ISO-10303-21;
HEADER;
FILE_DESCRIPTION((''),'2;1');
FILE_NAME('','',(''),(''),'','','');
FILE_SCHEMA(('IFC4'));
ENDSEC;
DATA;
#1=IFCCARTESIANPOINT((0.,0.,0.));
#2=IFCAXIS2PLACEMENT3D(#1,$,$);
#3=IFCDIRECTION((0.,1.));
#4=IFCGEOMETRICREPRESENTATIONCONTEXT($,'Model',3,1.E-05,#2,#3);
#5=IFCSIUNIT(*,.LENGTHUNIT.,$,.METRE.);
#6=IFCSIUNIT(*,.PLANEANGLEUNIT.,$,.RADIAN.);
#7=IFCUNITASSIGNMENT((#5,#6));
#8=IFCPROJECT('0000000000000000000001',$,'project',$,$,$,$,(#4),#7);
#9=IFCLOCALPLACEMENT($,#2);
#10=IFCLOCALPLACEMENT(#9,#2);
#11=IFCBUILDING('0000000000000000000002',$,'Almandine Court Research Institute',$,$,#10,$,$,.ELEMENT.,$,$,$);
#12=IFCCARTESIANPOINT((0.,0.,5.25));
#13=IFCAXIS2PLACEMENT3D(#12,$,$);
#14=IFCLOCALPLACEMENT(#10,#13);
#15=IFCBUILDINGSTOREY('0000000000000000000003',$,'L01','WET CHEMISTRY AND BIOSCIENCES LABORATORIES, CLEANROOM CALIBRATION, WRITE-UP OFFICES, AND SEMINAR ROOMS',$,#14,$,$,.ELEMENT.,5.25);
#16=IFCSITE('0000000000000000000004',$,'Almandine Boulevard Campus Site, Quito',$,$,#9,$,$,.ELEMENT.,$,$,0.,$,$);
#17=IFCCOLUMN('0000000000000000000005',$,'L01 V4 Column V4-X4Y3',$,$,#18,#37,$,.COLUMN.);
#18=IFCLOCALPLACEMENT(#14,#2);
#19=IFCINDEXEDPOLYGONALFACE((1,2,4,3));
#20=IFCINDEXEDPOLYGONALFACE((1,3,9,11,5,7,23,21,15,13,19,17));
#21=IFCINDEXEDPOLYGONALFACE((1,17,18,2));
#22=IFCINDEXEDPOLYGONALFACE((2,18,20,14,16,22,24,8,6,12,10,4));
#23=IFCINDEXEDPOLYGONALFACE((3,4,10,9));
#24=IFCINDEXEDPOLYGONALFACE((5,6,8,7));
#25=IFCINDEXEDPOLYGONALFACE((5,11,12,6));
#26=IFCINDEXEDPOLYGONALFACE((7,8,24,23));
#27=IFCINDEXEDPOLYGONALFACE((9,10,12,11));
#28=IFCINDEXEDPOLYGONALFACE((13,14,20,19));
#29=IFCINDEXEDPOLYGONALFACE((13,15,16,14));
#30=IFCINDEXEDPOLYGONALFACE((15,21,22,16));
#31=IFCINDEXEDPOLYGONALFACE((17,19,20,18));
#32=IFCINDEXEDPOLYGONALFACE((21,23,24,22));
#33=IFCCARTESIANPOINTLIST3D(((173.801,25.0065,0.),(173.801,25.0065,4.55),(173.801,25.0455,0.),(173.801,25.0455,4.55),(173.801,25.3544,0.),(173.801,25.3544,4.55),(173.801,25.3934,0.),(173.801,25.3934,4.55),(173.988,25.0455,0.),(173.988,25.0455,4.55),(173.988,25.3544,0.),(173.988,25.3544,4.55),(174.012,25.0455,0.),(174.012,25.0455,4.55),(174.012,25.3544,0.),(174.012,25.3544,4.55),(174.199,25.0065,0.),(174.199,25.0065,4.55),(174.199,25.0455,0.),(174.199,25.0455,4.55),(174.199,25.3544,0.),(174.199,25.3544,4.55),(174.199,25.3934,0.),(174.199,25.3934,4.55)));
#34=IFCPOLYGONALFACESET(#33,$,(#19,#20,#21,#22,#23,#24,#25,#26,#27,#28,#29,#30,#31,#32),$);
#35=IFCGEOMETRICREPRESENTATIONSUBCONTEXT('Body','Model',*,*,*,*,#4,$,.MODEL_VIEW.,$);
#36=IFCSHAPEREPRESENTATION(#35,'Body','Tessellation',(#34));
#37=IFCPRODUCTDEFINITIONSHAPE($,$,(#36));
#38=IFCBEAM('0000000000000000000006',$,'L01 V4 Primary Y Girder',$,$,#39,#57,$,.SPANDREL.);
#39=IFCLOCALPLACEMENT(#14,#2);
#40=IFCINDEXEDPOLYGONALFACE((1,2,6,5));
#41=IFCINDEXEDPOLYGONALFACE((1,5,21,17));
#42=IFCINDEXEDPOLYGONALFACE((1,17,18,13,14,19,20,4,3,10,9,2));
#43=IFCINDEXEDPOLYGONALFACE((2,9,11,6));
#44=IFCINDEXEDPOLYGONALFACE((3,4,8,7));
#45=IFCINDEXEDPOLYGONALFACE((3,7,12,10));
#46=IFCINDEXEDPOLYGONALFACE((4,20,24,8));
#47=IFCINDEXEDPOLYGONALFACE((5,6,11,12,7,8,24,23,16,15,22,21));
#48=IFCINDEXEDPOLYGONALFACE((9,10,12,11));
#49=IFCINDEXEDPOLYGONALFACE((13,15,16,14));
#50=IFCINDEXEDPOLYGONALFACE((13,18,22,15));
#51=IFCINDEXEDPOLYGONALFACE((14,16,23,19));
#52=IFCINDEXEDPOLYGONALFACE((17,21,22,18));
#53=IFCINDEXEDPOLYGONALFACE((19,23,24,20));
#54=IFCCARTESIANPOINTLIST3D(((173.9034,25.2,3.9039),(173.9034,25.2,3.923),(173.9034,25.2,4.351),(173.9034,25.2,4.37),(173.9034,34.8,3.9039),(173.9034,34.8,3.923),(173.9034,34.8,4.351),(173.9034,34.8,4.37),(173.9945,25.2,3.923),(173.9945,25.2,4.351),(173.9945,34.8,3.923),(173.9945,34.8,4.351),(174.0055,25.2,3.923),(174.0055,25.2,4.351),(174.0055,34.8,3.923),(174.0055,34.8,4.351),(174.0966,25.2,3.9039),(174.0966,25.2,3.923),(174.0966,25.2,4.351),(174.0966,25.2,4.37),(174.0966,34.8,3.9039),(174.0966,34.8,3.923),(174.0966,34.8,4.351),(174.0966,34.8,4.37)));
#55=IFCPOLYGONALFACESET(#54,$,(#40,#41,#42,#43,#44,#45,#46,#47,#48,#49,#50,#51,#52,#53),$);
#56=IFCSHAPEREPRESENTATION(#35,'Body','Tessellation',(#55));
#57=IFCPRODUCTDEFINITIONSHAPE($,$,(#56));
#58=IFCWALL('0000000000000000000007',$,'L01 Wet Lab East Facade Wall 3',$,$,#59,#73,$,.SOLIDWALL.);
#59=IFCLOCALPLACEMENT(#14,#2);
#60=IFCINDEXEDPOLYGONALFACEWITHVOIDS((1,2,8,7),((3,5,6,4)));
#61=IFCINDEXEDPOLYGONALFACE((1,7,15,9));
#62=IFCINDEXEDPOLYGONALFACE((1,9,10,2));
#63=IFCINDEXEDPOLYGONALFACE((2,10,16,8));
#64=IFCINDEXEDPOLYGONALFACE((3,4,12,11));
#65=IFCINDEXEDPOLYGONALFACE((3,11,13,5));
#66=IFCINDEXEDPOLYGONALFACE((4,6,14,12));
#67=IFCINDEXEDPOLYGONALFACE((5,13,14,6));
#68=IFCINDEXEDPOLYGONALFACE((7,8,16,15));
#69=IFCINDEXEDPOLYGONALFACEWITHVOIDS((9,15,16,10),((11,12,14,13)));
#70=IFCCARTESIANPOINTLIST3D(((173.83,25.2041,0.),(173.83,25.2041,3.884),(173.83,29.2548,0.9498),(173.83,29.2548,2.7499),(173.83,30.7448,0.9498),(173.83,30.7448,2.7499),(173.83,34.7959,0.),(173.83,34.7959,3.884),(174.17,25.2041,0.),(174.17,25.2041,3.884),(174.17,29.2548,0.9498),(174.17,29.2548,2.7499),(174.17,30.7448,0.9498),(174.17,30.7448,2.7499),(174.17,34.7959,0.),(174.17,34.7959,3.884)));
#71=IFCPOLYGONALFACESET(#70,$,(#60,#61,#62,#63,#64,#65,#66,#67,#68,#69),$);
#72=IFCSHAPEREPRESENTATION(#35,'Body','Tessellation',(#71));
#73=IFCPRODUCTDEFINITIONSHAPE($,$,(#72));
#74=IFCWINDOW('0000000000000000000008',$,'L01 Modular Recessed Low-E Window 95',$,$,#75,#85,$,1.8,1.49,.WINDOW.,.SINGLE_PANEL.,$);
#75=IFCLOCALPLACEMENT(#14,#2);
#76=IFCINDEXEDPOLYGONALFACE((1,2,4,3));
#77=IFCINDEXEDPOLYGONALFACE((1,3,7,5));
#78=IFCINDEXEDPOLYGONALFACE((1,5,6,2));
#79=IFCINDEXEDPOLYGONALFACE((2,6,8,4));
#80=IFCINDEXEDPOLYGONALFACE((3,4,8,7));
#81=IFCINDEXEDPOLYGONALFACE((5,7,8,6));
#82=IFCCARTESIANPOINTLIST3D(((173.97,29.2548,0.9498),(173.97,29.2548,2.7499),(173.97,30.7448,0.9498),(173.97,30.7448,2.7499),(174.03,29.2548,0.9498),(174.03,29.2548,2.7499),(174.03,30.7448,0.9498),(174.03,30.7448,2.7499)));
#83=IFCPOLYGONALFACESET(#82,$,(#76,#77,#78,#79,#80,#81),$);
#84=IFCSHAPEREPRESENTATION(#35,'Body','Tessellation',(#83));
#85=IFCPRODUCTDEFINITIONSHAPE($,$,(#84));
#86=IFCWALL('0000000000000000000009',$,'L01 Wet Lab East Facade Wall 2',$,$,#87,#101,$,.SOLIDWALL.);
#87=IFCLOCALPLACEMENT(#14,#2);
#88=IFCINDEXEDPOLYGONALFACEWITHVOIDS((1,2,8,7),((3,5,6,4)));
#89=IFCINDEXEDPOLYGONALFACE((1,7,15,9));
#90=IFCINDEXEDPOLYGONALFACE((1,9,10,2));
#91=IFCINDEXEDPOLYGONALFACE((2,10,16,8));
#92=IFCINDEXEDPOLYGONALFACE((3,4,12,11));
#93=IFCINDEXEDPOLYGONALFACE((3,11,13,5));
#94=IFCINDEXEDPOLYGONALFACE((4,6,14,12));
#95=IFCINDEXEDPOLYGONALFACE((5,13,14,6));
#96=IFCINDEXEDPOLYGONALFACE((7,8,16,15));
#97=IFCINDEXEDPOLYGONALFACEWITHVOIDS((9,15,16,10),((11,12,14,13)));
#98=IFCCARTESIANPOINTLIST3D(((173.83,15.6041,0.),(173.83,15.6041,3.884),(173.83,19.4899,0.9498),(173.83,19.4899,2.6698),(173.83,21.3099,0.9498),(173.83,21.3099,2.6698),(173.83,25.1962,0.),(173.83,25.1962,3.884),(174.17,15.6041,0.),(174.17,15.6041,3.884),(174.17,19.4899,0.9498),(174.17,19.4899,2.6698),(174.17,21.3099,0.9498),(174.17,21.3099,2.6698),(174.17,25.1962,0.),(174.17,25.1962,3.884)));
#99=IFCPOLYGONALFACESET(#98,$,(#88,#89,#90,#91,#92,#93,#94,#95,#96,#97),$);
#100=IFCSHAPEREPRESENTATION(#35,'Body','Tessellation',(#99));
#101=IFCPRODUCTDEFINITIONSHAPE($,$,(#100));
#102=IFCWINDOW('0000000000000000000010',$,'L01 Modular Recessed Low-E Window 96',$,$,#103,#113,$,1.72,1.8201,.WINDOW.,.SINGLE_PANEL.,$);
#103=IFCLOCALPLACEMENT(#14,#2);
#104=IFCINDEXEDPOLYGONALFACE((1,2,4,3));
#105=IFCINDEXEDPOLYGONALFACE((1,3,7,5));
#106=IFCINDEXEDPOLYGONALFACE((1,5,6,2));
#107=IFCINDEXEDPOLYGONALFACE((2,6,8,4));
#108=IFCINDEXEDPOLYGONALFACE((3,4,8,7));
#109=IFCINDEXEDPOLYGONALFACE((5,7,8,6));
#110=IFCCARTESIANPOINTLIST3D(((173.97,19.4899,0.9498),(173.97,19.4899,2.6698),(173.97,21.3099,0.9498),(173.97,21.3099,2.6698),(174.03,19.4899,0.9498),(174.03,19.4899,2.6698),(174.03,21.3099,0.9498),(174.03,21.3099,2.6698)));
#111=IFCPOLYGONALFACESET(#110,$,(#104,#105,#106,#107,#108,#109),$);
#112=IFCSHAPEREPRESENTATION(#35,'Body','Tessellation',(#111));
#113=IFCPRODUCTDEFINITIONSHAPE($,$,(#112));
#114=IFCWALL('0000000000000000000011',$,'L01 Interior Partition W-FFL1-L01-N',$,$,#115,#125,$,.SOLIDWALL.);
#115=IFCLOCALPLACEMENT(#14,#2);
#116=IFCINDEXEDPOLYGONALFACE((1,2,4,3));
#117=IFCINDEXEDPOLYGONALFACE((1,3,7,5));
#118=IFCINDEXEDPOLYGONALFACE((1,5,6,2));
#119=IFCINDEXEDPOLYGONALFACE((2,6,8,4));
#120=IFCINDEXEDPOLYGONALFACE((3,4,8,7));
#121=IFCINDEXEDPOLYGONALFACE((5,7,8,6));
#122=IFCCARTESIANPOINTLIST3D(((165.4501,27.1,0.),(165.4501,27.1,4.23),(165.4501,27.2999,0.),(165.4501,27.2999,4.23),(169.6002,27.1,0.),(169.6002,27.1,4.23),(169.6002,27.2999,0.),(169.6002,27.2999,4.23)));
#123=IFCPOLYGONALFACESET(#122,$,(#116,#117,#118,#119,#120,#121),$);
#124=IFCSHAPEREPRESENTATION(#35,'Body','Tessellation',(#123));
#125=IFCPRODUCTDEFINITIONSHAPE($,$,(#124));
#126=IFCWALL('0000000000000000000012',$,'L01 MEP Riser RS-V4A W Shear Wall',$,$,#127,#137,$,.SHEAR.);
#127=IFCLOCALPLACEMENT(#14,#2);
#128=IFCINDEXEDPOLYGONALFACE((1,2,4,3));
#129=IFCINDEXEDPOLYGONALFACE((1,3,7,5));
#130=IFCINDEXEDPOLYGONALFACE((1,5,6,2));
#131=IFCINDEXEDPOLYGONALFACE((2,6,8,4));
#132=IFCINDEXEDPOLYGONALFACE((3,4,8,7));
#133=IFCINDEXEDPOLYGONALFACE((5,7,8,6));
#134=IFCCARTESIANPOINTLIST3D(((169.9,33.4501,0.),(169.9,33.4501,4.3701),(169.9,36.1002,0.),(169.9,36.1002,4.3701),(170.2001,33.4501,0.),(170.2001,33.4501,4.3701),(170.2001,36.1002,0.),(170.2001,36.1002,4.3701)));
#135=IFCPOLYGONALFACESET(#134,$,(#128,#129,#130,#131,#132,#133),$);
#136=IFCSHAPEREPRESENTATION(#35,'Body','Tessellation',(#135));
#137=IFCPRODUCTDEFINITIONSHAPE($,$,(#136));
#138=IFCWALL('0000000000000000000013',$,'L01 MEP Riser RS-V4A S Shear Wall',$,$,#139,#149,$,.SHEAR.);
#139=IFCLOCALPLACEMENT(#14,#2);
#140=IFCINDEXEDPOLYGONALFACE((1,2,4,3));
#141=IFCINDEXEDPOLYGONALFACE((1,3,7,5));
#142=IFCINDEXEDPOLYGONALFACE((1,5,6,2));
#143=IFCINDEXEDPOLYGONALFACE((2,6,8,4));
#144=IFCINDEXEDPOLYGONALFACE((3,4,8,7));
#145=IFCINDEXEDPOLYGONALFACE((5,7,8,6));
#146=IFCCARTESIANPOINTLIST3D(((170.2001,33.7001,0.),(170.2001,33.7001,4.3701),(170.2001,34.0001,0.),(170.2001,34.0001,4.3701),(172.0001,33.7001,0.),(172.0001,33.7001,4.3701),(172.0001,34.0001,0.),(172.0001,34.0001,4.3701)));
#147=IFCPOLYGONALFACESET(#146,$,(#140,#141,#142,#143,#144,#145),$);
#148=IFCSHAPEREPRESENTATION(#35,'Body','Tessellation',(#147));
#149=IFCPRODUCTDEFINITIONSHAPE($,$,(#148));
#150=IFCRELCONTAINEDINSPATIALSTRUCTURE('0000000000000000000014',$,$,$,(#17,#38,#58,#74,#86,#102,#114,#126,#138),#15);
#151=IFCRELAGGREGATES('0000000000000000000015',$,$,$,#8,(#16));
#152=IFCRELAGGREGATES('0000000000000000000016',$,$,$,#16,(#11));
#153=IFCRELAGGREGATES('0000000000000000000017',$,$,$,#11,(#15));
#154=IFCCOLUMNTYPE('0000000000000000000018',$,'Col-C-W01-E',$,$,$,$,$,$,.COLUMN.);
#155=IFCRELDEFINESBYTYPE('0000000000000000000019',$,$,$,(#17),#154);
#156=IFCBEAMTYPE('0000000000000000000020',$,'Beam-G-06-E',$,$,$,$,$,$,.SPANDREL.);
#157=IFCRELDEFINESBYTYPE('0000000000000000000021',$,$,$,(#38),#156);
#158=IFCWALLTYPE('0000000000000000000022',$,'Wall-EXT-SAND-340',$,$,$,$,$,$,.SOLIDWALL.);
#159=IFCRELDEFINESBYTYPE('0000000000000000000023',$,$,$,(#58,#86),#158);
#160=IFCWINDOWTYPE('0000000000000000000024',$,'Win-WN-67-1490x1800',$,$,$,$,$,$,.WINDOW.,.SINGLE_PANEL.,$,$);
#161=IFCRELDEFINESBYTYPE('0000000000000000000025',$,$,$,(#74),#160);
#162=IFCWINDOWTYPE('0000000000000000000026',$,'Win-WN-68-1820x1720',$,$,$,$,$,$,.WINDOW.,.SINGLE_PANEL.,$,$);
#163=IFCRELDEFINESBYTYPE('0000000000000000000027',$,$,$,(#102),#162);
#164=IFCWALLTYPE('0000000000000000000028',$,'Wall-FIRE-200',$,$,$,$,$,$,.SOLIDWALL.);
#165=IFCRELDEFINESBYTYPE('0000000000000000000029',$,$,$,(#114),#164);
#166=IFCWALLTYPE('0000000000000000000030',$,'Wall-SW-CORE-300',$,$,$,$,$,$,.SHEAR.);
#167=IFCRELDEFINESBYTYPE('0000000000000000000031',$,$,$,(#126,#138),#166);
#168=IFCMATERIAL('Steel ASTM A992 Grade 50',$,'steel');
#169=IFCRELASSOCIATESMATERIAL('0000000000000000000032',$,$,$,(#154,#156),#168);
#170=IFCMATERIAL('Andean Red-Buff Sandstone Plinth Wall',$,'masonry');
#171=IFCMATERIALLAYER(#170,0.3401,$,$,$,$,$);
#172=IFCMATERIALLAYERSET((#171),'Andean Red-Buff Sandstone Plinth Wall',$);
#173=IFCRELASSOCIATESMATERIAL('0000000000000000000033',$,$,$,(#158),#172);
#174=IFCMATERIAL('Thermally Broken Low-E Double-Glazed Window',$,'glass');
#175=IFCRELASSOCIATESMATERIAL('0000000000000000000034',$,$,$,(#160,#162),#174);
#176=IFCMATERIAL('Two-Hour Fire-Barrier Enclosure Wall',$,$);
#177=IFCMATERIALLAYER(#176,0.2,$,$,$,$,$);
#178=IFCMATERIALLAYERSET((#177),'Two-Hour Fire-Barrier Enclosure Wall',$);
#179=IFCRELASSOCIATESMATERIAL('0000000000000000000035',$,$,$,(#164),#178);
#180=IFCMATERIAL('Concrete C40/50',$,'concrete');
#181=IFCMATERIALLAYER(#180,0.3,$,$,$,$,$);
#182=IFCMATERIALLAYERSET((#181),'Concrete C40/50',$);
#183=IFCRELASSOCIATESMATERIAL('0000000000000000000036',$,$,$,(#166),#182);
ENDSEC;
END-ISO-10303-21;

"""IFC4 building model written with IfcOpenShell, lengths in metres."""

from ifc_helpers import new_model, si_unit, direction, frame, frame_2d, origin, origin_2d, place, context, subcontext, project, spatial, rectangle, i_section, extrude, material, layer, layer_set, material_profile, profile_set, type_object, element, fill, save


model = new_model("IFC4")

# Units and contexts
model_context = context("Model", 3, precision=1e-05, world=origin(), true_north=direction((0.0, 1.0)))
body_context = subcontext(model_context, "Body", "Model", "MODEL_VIEW")
ifc_project = project(units=[si_unit("LENGTHUNIT", "METRE"), si_unit("PLANEANGLEUNIT", "RADIAN")], contexts=[model_context])

# Site, building, storey
site_placement = place(None, origin())
site = spatial("IfcSite", under=ifc_project, at=site_placement, Name="Almandine Boulevard Campus Site, Quito", CompositionType="ELEMENT", RefElevation=0.0)
building_placement = place(site_placement, origin())
building = spatial("IfcBuilding", under=site, at=building_placement, Name="Almandine Court Research Institute", CompositionType="ELEMENT")
storey_placement = place(building_placement, frame((0.0, 0.0, 5.25)))
storey = spatial("IfcBuildingStorey", under=building, at=storey_placement, Name="L01", Description="WET CHEMISTRY AND BIOSCIENCES LABORATORIES, CLEANROOM CALIBRATION, WRITE-UP OFFICES, AND SEMINAR ROOMS", CompositionType="ELEMENT", Elevation=5.25)

# Column
ifc_material_1 = material(Name="Steel ASTM A992 Grade 50", Category="steel")
ifc_material_profile_1 = material_profile(ifc_material_1, i_section(OverallWidth=0.3979, OverallDepth=0.387, WebThickness=0.0239, FlangeThickness=0.0391, at=origin_2d()), Name="W360x262")
ifc_profile_set_1 = profile_set([ifc_material_profile_1], Name="Steel ASTM A992 Grade 50")
column_type = type_object("IfcColumnType", Name="Col-C-W01-E", PredefinedType="COLUMN", material=ifc_profile_set_1)
column_placement = place(storey_placement, frame((174.0, 25.2, 0.0), z_axis=(0.0, 0.0, 1.0), x_axis=(1.0, 0.0, 0.0)))
element("IfcColumn", 1, at=column_placement, inside=storey, type_object=column_type, Name="L01 V4 Column V4-X4Y3", PredefinedType="COLUMN", context=body_context, shape_type="SweptSolid", body=[
    extrude(i_section(OverallWidth=0.3979, OverallDepth=0.387, WebThickness=0.0239, FlangeThickness=0.0391, at=origin_2d()), origin(), (0.0, 0.0, 1.0), 4.55),
])

# Beam
ifc_material_profile_2 = material_profile(ifc_material_1, i_section(OverallWidth=0.1931, OverallDepth=0.4661, WebThickness=0.011, FlangeThickness=0.019, at=origin_2d()), Name="W460x97")
ifc_profile_set_2 = profile_set([ifc_material_profile_2], Name="Steel ASTM A992 Grade 50")
beam_type = type_object("IfcBeamType", Name="Beam-G-06-E", PredefinedType="SPANDREL", material=ifc_profile_set_2)
beam_placement = place(storey_placement, frame((174.0, 25.2, 4.137), z_axis=(0.0, 1.0, 0.0), x_axis=(-1.0, 0.0, 0.0)))
element("IfcBeam", 2, at=beam_placement, inside=storey, type_object=beam_type, Name="L01 V4 Primary Y Girder", PredefinedType="SPANDREL", context=body_context, shape_type="SweptSolid", body=[
    extrude(i_section(OverallWidth=0.1931, OverallDepth=0.4661, WebThickness=0.011, FlangeThickness=0.019, at=origin_2d()), origin(), (0.0, 0.0, 1.0), 9.6001),
])

# Walls, openings, windows
ifc_material_2 = material(Name="Andean Red-Buff Sandstone Plinth Wall", Category="masonry")
ifc_layer_1 = layer(ifc_material_2, 0.3401)
ifc_layer_set_1 = layer_set([ifc_layer_1], Name="Andean Red-Buff Sandstone Plinth Wall")
wall_type_1 = type_object("IfcWallType", Name="Wall-EXT-SAND-340", PredefinedType="SOLIDWALL", material=ifc_layer_set_1)
wall_1_placement = place(storey_placement, frame((174.0, 34.7959, 0.0), z_axis=(0.0, 0.0, 1.0), x_axis=(0.0, -1.0, 0.0)))
wall_1 = element("IfcWall", 3, at=wall_1_placement, inside=storey, type_object=wall_type_1, Name="L01 Wet Lab East Facade Wall 3", PredefinedType="SOLIDWALL", context=body_context, shape_type="SweptSolid", body=[
    extrude(rectangle(XDim=9.5918, YDim=0.3401, at=frame_2d((4.7959, 0.0))), origin(), (0.0, 0.0, 1.0), 3.884),
])
opening_1_placement = place(wall_1_placement, frame((4.051, 0.0, 0.95)))
opening_1 = element("IfcOpeningElement", 4, at=opening_1_placement, cuts=wall_1, PredefinedType="OPENING", context=body_context, shape_type="SweptSolid", body=[
    extrude(rectangle(XDim=1.49, YDim=1.8, at=frame_2d((0.7451, 0.8999))), frame((0.0, 0.1799, 0.0), z_axis=(0.0, -1.0, 0.0), x_axis=(1.0, 0.0, 0.0)), (0.0, 0.0, 1.0), 0.3601),
])
ifc_material_3 = material(Name="Thermally Broken Low-E Double-Glazed Window", Category="glass")
window_type_1 = type_object("IfcWindowType", Name="Win-WN-67-1490x1800", PartitioningType="SINGLE_PANEL", PredefinedType="WINDOW", material=ifc_material_3)
window_1_placement = place(opening_1_placement, origin())
window_1 = element("IfcWindow", 5, at=window_1_placement, inside=storey, type_object=window_type_1, Name="L01 Modular Recessed Low-E Window 95", OverallHeight=1.8, OverallWidth=1.49, PartitioningType="SINGLE_PANEL", PredefinedType="WINDOW", context=body_context, shape_type="SweptSolid", body=[
    extrude(rectangle(XDim=1.49, YDim=1.8, at=frame_2d((0.7451, 0.8999))), frame((0.0, 0.03, 0.0), z_axis=(0.0, -1.0, 0.0), x_axis=(1.0, 0.0, 0.0)), (0.0, 0.0, 1.0), 0.0601),
])
fill(opening_1, window_1)
wall_2_placement = place(storey_placement, frame((174.0, 25.196, 0.0), z_axis=(0.0, 0.0, 1.0), x_axis=(0.0, -1.0, 0.0)))
wall_2 = element("IfcWall", 6, at=wall_2_placement, inside=storey, type_object=wall_type_1, Name="L01 Wet Lab East Facade Wall 2", PredefinedType="SOLIDWALL", context=body_context, shape_type="SweptSolid", body=[
    extrude(rectangle(XDim=9.592, YDim=0.3401, at=frame_2d((4.7959, 0.0))), origin(), (0.0, 0.0, 1.0), 3.884),
])
opening_2_placement = place(wall_2_placement, frame((3.886, 0.0, 0.95)))
opening_2 = element("IfcOpeningElement", 7, at=opening_2_placement, cuts=wall_2, PredefinedType="OPENING", context=body_context, shape_type="SweptSolid", body=[
    extrude(rectangle(XDim=1.8201, YDim=1.72, at=frame_2d((0.9102, 0.8599))), frame((0.0, 0.1799, 0.0), z_axis=(0.0, -1.0, 0.0), x_axis=(1.0, 0.0, 0.0)), (0.0, 0.0, 1.0), 0.3601),
])
window_type_2 = type_object("IfcWindowType", Name="Win-WN-68-1820x1720", PartitioningType="SINGLE_PANEL", PredefinedType="WINDOW", material=ifc_material_3)
window_2_placement = place(opening_2_placement, origin())
window_2 = element("IfcWindow", 8, at=window_2_placement, inside=storey, type_object=window_type_2, Name="L01 Modular Recessed Low-E Window 96", OverallHeight=1.72, OverallWidth=1.8201, PartitioningType="SINGLE_PANEL", PredefinedType="WINDOW", context=body_context, shape_type="SweptSolid", body=[
    extrude(rectangle(XDim=1.8201, YDim=1.72, at=frame_2d((0.9102, 0.8599))), frame((0.0, 0.03, 0.0), z_axis=(0.0, -1.0, 0.0), x_axis=(1.0, 0.0, 0.0)), (0.0, 0.0, 1.0), 0.0601),
])
fill(opening_2, window_2)

# Walls
ifc_material_4 = material(Name="Two-Hour Fire-Barrier Enclosure Wall")
ifc_layer_2 = layer(ifc_material_4, 0.2)
ifc_layer_set_2 = layer_set([ifc_layer_2], Name="Two-Hour Fire-Barrier Enclosure Wall")
wall_type_2 = type_object("IfcWallType", Name="Wall-FIRE-200", PredefinedType="SOLIDWALL", material=ifc_layer_set_2)
wall_3_placement = place(storey_placement, frame((165.45, 27.2, 0.0), z_axis=(0.0, 0.0, 1.0), x_axis=(1.0, 0.0, 0.0)))
element("IfcWall", 9, at=wall_3_placement, inside=storey, type_object=wall_type_2, Name="L01 Interior Partition W-FFL1-L01-N", PredefinedType="SOLIDWALL", context=body_context, shape_type="SweptSolid", body=[
    extrude(rectangle(XDim=4.1501, YDim=0.2, at=frame_2d((2.0752, 0.0))), origin(), (0.0, 0.0, 1.0), 4.23),
])
ifc_material_5 = material(Name="Concrete C40/50", Category="concrete")
ifc_layer_3 = layer(ifc_material_5, 0.3)
ifc_layer_set_3 = layer_set([ifc_layer_3], Name="Concrete C40/50")
wall_type_3 = type_object("IfcWallType", Name="Wall-SW-CORE-300", PredefinedType="SHEAR", material=ifc_layer_set_3)
wall_4_placement = place(storey_placement, frame((170.05, 33.45, 0.0), z_axis=(0.0, 0.0, 1.0), x_axis=(0.0, 1.0, 0.0)))
element("IfcWall", 10, at=wall_4_placement, inside=storey, type_object=wall_type_3, Name="L01 MEP Riser RS-V4A W Shear Wall", PredefinedType="SHEAR", context=body_context, shape_type="SweptSolid", body=[
    extrude(rectangle(XDim=2.6501, YDim=0.3, at=frame_2d((1.3252, 0.0))), origin(), (0.0, 0.0, 1.0), 4.3701),
])
wall_5_placement = place(storey_placement, frame((172.0, 33.8501, 0.0), z_axis=(0.0, 0.0, 1.0), x_axis=(-1.0, 0.0, 0.0)))
element("IfcWall", 11, at=wall_5_placement, inside=storey, type_object=wall_type_3, Name="L01 MEP Riser RS-V4A S Shear Wall", PredefinedType="SHEAR", context=body_context, shape_type="SweptSolid", body=[
    extrude(rectangle(XDim=1.8, YDim=0.3, at=frame_2d((0.8999, 0.0))), origin(), (0.0, 0.0, 1.0), 4.3701),
])

save(model, "model.ifc")
